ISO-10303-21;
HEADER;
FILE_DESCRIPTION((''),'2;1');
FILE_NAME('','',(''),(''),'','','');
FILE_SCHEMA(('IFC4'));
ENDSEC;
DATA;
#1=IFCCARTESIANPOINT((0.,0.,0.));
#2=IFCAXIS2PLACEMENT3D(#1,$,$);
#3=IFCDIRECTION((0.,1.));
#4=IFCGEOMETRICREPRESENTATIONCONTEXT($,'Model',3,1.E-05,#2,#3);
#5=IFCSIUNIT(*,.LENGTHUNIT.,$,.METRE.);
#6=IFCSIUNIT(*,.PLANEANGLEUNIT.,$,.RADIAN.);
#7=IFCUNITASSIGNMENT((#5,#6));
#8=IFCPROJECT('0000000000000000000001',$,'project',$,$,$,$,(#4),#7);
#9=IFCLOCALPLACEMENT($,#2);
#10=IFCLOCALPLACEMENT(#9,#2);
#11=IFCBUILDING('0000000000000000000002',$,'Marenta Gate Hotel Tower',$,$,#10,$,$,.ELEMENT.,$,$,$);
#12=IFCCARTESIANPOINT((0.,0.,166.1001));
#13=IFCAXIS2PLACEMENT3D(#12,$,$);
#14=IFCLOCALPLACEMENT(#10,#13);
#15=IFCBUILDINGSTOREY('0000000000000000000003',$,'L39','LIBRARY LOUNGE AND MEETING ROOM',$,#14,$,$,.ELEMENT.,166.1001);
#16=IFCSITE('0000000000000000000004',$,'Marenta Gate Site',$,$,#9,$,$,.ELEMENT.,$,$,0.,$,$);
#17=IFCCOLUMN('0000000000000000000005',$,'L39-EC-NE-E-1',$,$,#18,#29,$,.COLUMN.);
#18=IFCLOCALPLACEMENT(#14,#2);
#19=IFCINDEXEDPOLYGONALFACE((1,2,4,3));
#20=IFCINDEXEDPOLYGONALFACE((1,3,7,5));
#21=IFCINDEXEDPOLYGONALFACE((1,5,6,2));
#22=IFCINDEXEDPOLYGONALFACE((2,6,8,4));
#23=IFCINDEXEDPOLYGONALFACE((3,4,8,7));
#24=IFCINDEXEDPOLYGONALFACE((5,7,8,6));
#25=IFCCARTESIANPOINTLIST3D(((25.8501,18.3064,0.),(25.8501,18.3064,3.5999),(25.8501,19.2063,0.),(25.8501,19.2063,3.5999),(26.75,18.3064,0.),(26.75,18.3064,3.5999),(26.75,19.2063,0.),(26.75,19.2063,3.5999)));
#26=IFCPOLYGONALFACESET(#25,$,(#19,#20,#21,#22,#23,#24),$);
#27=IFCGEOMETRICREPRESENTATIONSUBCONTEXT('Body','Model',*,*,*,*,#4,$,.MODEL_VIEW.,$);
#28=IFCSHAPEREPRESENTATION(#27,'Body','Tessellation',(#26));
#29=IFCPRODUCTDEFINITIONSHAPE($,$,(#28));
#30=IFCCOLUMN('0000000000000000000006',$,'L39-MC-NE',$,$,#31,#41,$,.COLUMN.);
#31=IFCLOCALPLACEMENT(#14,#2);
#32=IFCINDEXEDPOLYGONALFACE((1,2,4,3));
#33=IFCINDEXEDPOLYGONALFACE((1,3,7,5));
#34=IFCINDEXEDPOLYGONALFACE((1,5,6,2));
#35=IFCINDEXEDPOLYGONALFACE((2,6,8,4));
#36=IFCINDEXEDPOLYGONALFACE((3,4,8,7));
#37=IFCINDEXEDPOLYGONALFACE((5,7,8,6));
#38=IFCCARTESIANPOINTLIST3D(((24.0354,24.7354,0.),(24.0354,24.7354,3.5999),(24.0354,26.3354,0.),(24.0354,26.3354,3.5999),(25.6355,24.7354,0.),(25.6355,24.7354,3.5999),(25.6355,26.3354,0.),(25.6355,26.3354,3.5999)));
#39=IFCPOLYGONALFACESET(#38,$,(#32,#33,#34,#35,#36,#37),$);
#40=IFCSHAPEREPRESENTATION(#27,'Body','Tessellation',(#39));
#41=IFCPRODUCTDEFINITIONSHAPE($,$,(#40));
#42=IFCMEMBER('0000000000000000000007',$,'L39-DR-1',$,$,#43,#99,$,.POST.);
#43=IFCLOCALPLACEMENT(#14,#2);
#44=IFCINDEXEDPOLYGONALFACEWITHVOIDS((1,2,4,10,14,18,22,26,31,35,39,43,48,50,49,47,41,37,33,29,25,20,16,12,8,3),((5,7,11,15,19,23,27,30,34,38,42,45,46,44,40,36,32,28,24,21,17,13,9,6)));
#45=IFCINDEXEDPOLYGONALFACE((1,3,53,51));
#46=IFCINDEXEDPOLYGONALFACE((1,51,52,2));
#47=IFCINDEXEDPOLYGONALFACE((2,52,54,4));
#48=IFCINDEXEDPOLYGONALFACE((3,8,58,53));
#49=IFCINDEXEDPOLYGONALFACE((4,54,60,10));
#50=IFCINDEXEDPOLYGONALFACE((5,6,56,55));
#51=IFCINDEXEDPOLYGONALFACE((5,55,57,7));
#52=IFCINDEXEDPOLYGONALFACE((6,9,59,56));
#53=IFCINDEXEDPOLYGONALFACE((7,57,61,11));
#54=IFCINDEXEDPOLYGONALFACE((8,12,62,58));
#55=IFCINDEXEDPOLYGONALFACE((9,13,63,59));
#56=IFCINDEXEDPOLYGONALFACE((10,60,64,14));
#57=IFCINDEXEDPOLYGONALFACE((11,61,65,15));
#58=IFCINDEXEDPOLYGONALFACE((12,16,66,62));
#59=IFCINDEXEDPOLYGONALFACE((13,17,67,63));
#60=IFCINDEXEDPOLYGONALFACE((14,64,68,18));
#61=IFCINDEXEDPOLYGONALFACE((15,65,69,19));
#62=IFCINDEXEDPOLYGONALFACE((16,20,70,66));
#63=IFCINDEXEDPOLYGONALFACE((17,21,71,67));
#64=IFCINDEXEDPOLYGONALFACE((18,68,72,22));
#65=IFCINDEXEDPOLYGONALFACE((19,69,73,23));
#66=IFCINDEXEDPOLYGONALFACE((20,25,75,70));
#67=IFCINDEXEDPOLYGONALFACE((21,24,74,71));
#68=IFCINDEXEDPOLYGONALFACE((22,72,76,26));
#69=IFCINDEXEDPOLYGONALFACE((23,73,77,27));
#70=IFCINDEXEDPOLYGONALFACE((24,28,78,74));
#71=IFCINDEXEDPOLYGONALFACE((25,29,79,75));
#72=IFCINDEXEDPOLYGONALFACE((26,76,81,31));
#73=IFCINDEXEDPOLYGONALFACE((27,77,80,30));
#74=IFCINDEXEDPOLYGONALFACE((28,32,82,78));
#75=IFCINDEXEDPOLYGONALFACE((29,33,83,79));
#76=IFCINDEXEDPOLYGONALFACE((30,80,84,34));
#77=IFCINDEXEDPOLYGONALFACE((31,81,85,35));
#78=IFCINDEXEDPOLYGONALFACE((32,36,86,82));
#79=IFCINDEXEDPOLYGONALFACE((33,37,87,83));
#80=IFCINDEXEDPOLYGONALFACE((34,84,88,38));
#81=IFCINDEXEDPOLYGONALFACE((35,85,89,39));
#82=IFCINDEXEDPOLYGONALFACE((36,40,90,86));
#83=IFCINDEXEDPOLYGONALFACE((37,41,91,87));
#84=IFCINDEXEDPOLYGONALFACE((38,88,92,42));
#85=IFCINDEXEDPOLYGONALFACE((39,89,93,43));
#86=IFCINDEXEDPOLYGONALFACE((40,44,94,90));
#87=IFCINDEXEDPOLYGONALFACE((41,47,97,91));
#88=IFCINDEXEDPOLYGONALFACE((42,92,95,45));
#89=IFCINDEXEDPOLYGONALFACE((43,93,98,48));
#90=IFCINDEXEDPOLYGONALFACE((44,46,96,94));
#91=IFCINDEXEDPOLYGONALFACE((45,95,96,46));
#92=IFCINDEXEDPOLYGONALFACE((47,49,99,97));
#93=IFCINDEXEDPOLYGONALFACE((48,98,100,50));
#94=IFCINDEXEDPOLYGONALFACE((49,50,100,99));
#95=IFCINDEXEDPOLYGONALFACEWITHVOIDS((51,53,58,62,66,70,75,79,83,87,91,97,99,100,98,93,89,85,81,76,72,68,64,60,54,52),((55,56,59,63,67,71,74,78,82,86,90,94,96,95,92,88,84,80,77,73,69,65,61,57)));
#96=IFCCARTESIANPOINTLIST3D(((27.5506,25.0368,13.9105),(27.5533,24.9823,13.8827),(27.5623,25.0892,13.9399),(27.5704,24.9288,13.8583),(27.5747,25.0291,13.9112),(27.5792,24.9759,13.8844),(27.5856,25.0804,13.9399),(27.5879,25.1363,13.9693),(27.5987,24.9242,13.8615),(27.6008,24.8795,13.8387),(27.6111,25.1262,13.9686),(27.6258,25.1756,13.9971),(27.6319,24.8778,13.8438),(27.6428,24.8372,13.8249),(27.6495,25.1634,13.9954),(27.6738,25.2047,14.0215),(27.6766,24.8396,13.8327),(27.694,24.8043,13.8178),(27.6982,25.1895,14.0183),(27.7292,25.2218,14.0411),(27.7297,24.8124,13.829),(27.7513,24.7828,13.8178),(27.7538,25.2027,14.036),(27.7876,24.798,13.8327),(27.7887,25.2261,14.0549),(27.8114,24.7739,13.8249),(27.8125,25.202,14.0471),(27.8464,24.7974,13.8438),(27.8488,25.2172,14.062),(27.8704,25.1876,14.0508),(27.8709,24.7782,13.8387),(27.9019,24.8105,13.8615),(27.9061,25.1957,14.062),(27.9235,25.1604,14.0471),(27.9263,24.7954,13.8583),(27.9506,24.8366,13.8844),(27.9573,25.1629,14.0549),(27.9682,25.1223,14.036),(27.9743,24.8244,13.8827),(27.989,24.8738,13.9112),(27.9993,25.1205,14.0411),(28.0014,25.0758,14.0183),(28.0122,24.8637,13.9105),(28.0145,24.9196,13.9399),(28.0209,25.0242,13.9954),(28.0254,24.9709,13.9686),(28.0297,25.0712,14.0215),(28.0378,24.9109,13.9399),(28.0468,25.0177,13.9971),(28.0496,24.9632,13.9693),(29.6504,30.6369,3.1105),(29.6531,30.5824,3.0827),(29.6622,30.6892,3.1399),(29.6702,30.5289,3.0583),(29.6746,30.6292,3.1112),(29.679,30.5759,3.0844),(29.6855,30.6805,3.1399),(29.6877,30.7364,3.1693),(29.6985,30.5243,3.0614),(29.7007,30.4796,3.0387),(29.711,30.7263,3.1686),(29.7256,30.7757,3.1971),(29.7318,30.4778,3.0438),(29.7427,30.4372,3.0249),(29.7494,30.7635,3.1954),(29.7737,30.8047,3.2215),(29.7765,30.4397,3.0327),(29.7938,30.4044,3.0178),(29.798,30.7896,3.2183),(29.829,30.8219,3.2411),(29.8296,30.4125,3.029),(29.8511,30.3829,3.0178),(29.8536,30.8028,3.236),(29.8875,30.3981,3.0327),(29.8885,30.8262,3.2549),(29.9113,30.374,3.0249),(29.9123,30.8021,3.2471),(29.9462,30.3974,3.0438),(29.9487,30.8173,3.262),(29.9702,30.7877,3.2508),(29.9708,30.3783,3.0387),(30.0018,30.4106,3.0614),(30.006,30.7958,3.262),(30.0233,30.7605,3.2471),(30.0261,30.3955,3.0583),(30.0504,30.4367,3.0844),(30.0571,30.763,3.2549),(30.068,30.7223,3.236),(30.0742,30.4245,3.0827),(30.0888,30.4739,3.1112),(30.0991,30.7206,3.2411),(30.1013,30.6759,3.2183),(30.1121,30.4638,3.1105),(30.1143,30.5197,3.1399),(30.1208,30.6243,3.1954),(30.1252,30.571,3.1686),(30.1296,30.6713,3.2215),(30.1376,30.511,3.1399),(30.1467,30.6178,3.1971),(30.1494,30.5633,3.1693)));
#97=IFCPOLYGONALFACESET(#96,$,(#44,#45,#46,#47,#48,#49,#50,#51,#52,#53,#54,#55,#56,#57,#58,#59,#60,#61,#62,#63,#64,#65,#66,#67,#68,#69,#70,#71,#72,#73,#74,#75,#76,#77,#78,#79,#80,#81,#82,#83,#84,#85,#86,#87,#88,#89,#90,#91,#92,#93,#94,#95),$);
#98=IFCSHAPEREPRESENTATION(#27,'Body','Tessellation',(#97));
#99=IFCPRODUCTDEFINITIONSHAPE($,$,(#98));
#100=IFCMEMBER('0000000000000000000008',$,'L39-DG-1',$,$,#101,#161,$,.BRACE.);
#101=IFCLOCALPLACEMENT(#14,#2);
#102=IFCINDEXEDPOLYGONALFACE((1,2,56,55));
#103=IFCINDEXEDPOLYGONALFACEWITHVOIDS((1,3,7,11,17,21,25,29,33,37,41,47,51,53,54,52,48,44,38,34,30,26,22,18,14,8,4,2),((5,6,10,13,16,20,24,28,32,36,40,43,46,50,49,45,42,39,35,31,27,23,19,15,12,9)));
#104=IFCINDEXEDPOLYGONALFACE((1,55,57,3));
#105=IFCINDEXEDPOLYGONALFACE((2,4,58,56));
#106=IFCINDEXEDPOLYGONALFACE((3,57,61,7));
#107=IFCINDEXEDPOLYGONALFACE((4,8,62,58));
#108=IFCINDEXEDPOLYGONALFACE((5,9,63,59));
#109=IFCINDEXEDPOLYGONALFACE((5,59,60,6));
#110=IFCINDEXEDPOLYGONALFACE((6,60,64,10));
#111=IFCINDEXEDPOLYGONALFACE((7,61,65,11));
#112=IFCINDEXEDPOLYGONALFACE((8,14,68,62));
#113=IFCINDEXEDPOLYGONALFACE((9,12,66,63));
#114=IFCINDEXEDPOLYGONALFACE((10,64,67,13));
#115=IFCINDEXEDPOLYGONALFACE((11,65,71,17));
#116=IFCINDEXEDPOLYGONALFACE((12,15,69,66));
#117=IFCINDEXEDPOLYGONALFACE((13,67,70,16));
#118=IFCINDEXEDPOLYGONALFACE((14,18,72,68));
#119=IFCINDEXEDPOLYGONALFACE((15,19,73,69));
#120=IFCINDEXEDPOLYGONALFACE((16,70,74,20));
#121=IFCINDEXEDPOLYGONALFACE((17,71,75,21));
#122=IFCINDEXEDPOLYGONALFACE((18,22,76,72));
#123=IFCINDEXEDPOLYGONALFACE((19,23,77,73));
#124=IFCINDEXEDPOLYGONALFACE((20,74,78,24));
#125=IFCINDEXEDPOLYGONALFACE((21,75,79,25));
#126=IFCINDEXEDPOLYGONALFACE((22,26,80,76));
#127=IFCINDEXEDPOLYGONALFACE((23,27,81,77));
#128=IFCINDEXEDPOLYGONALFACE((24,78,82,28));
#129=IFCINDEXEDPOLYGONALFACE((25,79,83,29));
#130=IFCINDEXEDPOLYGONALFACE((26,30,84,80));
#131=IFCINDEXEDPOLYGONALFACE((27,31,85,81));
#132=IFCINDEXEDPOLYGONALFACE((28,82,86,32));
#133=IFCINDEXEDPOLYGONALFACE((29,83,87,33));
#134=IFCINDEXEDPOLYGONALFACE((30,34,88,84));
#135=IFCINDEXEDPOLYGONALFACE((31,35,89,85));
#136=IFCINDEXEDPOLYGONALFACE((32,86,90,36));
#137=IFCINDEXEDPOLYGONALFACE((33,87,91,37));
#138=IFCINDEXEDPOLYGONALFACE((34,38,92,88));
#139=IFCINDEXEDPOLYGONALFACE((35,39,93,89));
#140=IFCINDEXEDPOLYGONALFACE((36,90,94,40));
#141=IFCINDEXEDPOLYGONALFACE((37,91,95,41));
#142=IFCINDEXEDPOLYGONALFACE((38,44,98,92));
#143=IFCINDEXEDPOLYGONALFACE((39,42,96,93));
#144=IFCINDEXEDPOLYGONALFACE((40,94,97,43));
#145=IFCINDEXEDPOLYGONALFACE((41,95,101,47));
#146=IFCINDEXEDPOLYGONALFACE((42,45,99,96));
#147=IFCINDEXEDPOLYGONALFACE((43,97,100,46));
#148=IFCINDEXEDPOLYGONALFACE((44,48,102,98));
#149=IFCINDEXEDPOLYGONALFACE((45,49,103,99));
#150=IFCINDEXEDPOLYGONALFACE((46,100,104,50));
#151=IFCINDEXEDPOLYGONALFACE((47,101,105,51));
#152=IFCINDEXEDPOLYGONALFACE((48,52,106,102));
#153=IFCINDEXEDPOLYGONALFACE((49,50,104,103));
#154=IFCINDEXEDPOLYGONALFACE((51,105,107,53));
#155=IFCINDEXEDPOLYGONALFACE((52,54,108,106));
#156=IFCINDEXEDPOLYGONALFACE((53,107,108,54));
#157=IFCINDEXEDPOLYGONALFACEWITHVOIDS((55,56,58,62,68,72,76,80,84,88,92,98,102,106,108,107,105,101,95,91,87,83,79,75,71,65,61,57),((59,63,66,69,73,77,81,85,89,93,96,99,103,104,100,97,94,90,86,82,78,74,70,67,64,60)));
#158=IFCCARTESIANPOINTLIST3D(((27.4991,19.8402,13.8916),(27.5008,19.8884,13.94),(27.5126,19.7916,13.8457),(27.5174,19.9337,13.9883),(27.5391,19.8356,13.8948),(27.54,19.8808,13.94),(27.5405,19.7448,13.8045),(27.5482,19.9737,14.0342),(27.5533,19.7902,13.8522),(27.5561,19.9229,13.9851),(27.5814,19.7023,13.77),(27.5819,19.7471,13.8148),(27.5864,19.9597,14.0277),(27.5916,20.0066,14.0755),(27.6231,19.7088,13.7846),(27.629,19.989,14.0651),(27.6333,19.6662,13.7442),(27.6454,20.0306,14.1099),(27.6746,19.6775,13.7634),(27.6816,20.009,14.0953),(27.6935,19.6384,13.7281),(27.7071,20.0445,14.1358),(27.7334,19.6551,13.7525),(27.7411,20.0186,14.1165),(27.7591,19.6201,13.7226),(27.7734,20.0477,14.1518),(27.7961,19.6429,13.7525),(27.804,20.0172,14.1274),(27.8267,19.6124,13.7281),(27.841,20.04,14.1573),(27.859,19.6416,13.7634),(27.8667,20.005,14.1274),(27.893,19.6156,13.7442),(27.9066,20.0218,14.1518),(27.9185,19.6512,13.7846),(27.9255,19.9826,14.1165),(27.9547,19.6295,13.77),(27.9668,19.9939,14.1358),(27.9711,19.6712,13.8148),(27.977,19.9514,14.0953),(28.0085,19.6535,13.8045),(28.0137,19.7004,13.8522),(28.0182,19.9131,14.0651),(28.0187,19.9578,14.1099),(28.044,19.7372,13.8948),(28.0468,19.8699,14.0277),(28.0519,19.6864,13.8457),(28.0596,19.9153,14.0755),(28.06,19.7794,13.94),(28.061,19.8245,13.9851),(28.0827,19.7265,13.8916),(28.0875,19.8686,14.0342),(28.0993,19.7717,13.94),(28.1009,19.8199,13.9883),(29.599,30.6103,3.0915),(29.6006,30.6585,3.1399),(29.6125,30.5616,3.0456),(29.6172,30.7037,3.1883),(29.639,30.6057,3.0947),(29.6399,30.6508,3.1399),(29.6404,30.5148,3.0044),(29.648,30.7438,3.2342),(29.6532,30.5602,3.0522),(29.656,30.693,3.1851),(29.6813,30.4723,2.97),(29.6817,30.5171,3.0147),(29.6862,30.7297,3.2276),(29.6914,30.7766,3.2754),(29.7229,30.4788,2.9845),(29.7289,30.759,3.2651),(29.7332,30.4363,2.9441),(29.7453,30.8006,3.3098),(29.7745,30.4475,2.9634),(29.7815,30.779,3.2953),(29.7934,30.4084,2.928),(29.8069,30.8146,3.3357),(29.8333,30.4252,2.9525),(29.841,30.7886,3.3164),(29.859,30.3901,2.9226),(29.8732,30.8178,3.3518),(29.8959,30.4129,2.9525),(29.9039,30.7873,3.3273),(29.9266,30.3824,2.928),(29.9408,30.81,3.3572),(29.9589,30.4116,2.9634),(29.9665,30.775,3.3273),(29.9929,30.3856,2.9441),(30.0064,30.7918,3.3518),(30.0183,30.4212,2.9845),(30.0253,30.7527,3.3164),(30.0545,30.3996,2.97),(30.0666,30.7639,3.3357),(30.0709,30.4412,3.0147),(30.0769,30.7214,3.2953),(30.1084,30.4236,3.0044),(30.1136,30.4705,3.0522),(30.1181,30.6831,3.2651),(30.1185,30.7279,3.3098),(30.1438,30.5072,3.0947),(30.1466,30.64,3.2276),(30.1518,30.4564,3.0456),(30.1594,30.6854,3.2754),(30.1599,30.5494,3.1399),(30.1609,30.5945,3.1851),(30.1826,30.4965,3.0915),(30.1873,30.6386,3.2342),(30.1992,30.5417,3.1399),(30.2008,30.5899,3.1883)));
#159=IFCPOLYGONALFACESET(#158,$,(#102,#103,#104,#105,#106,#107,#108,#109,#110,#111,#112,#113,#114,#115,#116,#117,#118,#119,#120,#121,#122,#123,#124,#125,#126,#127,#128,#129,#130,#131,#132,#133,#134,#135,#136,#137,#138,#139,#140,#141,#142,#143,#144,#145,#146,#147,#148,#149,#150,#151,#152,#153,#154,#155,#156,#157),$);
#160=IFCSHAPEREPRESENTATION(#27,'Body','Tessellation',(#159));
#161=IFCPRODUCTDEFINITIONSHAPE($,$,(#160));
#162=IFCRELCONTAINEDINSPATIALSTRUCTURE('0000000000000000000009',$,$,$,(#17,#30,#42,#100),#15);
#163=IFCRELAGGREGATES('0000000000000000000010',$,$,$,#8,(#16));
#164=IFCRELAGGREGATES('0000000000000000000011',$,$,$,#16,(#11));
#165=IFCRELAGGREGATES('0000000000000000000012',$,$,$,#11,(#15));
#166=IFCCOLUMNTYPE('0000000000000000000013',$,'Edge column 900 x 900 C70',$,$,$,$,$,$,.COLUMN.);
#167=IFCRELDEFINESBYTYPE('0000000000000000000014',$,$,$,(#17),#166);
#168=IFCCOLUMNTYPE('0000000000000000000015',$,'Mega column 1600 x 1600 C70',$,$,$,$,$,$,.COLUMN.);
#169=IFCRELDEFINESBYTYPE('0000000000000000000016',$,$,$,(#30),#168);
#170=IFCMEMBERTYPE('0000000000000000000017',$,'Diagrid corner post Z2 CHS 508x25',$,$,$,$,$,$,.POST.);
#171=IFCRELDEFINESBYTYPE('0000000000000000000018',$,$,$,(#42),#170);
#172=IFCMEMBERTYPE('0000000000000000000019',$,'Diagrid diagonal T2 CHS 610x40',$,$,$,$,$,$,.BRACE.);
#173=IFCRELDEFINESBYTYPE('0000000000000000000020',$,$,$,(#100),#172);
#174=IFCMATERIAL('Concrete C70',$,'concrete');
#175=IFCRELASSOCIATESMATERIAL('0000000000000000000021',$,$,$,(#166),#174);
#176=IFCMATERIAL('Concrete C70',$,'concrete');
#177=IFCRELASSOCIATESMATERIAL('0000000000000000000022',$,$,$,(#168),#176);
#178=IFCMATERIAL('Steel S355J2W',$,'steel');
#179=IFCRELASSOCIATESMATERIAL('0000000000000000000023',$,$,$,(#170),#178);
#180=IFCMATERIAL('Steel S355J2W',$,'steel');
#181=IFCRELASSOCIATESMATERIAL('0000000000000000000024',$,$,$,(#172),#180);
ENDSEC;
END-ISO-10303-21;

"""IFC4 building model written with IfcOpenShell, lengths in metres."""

from ifc_helpers import new_model, si_unit, direction, frame, origin, origin_2d, place, context, subcontext, project, spatial, rectangle, hollow_circle, extrude, material, material_profile, profile_set, type_object, element, save


model = new_model("IFC4")

# Units and contexts
model_context = context("Model", 3, precision=1e-05, world=origin(), true_north=direction((0.0, 1.0)))
body_context = subcontext(model_context, "Body", "Model", "MODEL_VIEW")
ifc_project = project(units=[si_unit("LENGTHUNIT", "METRE"), si_unit("PLANEANGLEUNIT", "RADIAN")], contexts=[model_context])

# Site, building, storey
site_placement = place(None, origin())
site = spatial("IfcSite", under=ifc_project, at=site_placement, Name="Marenta Gate Site", CompositionType="ELEMENT", RefElevation=0.0)
building_placement = place(site_placement, origin())
building = spatial("IfcBuilding", under=site, at=building_placement, Name="Marenta Gate Hotel Tower", CompositionType="ELEMENT")
storey_placement = place(building_placement, frame((0.0, 0.0, 166.1001)))
storey = spatial("IfcBuildingStorey", under=building, at=storey_placement, Name="L39", Description="LIBRARY LOUNGE AND MEETING ROOM", CompositionType="ELEMENT", Elevation=166.1001)

# Columns
ifc_material_1 = material(Name="Concrete C70", Category="concrete")
ifc_material_profile_1 = material_profile(ifc_material_1, rectangle(XDim=0.8999, YDim=0.8999, at=origin_2d()), Name="900 x 900")
ifc_profile_set_1 = profile_set([ifc_material_profile_1], Name="Concrete C70")
column_type_1 = type_object("IfcColumnType", Name="Edge column 900 x 900 C70", PredefinedType="COLUMN", material=ifc_profile_set_1)
column_1_placement = place(storey_placement, frame((26.3, 18.7563, 0.0), z_axis=(0.0, 0.0, 1.0), x_axis=(1.0, 0.0, 0.0)))
element("IfcColumn", 1, at=column_1_placement, inside=storey, type_object=column_type_1, Name="L39-EC-NE-E-1", PredefinedType="COLUMN", context=body_context, shape_type="SweptSolid", body=[
    extrude(rectangle(XDim=0.8999, YDim=0.8999, at=origin_2d()), origin(), (0.0, 0.0, 1.0), 3.5999),
])
ifc_material_2 = material(Name="Concrete C70", Category="concrete")
ifc_material_profile_2 = material_profile(ifc_material_2, rectangle(XDim=1.6001, YDim=1.6001, at=origin_2d()), Name="1600 x 1600")
ifc_profile_set_2 = profile_set([ifc_material_profile_2], Name="Concrete C70")
column_type_2 = type_object("IfcColumnType", Name="Mega column 1600 x 1600 C70", PredefinedType="COLUMN", material=ifc_profile_set_2)
column_2_placement = place(storey_placement, frame((24.8354, 25.5354, 0.0), z_axis=(0.0, 0.0, 1.0), x_axis=(1.0, 0.0, 0.0)))
element("IfcColumn", 2, at=column_2_placement, inside=storey, type_object=column_type_2, Name="L39-MC-NE", PredefinedType="COLUMN", context=body_context, shape_type="SweptSolid", body=[
    extrude(rectangle(XDim=1.6001, YDim=1.6001, at=origin_2d()), origin(), (0.0, 0.0, 1.0), 3.5999),
])

# Members
ifc_material_3 = material(Name="Steel S355J2W", Category="steel")
ifc_material_profile_3 = material_profile(ifc_material_3, hollow_circle(Radius=0.2539, WallThickness=0.0249, at=origin_2d()), Name="CHS 508x25")
ifc_profile_set_3 = profile_set([ifc_material_profile_3], Name="Steel S355J2W")
member_type_1 = type_object("IfcMemberType", Name="Diagrid corner post Z2 CHS 508x25", PredefinedType="POST", material=ifc_profile_set_3)
member_1_placement = place(storey_placement, frame((29.8999, 30.6001, 3.1399), z_axis=(-0.170091, -0.453614, 0.874816), x_axis=(0.936339, -0.351097, 0.0)))
element("IfcMember", 3, at=member_1_placement, inside=storey, type_object=member_type_1, Name="L39-DR-1", PredefinedType="POST", context=body_context, shape_type="SweptSolid", body=[
    extrude(hollow_circle(Radius=0.2539, WallThickness=0.0249, at=origin_2d()), origin(), (0.0, 0.0, 1.0), 12.3455),
])
ifc_material_4 = material(Name="Steel S355J2W", Category="steel")
ifc_material_profile_4 = material_profile(ifc_material_4, hollow_circle(Radius=0.3049, WallThickness=0.04, at=origin_2d()), Name="CHS 610x40")
ifc_profile_set_4 = profile_set([ifc_material_profile_4], Name="Steel S355J2W")
member_type_2 = type_object("IfcMemberType", Name="Diagrid diagonal T2 CHS 610x40", PredefinedType="BRACE", material=ifc_profile_set_4)
member_2_placement = place(storey_placement, frame((29.8999, 30.6001, 3.1399), z_axis=(-0.136388, -0.699523, 0.701474), x_axis=(0.981518, -0.191369, 0.0)))
element("IfcMember", 4, at=member_2_placement, inside=storey, type_object=member_type_2, Name="L39-DG-1", PredefinedType="BRACE", context=body_context, shape_type="SweptSolid", body=[
    extrude(hollow_circle(Radius=0.3049, WallThickness=0.04, at=origin_2d()), origin(), (0.0, 0.0, 1.0), 15.3962),
])

save(model, "model.ifc")
